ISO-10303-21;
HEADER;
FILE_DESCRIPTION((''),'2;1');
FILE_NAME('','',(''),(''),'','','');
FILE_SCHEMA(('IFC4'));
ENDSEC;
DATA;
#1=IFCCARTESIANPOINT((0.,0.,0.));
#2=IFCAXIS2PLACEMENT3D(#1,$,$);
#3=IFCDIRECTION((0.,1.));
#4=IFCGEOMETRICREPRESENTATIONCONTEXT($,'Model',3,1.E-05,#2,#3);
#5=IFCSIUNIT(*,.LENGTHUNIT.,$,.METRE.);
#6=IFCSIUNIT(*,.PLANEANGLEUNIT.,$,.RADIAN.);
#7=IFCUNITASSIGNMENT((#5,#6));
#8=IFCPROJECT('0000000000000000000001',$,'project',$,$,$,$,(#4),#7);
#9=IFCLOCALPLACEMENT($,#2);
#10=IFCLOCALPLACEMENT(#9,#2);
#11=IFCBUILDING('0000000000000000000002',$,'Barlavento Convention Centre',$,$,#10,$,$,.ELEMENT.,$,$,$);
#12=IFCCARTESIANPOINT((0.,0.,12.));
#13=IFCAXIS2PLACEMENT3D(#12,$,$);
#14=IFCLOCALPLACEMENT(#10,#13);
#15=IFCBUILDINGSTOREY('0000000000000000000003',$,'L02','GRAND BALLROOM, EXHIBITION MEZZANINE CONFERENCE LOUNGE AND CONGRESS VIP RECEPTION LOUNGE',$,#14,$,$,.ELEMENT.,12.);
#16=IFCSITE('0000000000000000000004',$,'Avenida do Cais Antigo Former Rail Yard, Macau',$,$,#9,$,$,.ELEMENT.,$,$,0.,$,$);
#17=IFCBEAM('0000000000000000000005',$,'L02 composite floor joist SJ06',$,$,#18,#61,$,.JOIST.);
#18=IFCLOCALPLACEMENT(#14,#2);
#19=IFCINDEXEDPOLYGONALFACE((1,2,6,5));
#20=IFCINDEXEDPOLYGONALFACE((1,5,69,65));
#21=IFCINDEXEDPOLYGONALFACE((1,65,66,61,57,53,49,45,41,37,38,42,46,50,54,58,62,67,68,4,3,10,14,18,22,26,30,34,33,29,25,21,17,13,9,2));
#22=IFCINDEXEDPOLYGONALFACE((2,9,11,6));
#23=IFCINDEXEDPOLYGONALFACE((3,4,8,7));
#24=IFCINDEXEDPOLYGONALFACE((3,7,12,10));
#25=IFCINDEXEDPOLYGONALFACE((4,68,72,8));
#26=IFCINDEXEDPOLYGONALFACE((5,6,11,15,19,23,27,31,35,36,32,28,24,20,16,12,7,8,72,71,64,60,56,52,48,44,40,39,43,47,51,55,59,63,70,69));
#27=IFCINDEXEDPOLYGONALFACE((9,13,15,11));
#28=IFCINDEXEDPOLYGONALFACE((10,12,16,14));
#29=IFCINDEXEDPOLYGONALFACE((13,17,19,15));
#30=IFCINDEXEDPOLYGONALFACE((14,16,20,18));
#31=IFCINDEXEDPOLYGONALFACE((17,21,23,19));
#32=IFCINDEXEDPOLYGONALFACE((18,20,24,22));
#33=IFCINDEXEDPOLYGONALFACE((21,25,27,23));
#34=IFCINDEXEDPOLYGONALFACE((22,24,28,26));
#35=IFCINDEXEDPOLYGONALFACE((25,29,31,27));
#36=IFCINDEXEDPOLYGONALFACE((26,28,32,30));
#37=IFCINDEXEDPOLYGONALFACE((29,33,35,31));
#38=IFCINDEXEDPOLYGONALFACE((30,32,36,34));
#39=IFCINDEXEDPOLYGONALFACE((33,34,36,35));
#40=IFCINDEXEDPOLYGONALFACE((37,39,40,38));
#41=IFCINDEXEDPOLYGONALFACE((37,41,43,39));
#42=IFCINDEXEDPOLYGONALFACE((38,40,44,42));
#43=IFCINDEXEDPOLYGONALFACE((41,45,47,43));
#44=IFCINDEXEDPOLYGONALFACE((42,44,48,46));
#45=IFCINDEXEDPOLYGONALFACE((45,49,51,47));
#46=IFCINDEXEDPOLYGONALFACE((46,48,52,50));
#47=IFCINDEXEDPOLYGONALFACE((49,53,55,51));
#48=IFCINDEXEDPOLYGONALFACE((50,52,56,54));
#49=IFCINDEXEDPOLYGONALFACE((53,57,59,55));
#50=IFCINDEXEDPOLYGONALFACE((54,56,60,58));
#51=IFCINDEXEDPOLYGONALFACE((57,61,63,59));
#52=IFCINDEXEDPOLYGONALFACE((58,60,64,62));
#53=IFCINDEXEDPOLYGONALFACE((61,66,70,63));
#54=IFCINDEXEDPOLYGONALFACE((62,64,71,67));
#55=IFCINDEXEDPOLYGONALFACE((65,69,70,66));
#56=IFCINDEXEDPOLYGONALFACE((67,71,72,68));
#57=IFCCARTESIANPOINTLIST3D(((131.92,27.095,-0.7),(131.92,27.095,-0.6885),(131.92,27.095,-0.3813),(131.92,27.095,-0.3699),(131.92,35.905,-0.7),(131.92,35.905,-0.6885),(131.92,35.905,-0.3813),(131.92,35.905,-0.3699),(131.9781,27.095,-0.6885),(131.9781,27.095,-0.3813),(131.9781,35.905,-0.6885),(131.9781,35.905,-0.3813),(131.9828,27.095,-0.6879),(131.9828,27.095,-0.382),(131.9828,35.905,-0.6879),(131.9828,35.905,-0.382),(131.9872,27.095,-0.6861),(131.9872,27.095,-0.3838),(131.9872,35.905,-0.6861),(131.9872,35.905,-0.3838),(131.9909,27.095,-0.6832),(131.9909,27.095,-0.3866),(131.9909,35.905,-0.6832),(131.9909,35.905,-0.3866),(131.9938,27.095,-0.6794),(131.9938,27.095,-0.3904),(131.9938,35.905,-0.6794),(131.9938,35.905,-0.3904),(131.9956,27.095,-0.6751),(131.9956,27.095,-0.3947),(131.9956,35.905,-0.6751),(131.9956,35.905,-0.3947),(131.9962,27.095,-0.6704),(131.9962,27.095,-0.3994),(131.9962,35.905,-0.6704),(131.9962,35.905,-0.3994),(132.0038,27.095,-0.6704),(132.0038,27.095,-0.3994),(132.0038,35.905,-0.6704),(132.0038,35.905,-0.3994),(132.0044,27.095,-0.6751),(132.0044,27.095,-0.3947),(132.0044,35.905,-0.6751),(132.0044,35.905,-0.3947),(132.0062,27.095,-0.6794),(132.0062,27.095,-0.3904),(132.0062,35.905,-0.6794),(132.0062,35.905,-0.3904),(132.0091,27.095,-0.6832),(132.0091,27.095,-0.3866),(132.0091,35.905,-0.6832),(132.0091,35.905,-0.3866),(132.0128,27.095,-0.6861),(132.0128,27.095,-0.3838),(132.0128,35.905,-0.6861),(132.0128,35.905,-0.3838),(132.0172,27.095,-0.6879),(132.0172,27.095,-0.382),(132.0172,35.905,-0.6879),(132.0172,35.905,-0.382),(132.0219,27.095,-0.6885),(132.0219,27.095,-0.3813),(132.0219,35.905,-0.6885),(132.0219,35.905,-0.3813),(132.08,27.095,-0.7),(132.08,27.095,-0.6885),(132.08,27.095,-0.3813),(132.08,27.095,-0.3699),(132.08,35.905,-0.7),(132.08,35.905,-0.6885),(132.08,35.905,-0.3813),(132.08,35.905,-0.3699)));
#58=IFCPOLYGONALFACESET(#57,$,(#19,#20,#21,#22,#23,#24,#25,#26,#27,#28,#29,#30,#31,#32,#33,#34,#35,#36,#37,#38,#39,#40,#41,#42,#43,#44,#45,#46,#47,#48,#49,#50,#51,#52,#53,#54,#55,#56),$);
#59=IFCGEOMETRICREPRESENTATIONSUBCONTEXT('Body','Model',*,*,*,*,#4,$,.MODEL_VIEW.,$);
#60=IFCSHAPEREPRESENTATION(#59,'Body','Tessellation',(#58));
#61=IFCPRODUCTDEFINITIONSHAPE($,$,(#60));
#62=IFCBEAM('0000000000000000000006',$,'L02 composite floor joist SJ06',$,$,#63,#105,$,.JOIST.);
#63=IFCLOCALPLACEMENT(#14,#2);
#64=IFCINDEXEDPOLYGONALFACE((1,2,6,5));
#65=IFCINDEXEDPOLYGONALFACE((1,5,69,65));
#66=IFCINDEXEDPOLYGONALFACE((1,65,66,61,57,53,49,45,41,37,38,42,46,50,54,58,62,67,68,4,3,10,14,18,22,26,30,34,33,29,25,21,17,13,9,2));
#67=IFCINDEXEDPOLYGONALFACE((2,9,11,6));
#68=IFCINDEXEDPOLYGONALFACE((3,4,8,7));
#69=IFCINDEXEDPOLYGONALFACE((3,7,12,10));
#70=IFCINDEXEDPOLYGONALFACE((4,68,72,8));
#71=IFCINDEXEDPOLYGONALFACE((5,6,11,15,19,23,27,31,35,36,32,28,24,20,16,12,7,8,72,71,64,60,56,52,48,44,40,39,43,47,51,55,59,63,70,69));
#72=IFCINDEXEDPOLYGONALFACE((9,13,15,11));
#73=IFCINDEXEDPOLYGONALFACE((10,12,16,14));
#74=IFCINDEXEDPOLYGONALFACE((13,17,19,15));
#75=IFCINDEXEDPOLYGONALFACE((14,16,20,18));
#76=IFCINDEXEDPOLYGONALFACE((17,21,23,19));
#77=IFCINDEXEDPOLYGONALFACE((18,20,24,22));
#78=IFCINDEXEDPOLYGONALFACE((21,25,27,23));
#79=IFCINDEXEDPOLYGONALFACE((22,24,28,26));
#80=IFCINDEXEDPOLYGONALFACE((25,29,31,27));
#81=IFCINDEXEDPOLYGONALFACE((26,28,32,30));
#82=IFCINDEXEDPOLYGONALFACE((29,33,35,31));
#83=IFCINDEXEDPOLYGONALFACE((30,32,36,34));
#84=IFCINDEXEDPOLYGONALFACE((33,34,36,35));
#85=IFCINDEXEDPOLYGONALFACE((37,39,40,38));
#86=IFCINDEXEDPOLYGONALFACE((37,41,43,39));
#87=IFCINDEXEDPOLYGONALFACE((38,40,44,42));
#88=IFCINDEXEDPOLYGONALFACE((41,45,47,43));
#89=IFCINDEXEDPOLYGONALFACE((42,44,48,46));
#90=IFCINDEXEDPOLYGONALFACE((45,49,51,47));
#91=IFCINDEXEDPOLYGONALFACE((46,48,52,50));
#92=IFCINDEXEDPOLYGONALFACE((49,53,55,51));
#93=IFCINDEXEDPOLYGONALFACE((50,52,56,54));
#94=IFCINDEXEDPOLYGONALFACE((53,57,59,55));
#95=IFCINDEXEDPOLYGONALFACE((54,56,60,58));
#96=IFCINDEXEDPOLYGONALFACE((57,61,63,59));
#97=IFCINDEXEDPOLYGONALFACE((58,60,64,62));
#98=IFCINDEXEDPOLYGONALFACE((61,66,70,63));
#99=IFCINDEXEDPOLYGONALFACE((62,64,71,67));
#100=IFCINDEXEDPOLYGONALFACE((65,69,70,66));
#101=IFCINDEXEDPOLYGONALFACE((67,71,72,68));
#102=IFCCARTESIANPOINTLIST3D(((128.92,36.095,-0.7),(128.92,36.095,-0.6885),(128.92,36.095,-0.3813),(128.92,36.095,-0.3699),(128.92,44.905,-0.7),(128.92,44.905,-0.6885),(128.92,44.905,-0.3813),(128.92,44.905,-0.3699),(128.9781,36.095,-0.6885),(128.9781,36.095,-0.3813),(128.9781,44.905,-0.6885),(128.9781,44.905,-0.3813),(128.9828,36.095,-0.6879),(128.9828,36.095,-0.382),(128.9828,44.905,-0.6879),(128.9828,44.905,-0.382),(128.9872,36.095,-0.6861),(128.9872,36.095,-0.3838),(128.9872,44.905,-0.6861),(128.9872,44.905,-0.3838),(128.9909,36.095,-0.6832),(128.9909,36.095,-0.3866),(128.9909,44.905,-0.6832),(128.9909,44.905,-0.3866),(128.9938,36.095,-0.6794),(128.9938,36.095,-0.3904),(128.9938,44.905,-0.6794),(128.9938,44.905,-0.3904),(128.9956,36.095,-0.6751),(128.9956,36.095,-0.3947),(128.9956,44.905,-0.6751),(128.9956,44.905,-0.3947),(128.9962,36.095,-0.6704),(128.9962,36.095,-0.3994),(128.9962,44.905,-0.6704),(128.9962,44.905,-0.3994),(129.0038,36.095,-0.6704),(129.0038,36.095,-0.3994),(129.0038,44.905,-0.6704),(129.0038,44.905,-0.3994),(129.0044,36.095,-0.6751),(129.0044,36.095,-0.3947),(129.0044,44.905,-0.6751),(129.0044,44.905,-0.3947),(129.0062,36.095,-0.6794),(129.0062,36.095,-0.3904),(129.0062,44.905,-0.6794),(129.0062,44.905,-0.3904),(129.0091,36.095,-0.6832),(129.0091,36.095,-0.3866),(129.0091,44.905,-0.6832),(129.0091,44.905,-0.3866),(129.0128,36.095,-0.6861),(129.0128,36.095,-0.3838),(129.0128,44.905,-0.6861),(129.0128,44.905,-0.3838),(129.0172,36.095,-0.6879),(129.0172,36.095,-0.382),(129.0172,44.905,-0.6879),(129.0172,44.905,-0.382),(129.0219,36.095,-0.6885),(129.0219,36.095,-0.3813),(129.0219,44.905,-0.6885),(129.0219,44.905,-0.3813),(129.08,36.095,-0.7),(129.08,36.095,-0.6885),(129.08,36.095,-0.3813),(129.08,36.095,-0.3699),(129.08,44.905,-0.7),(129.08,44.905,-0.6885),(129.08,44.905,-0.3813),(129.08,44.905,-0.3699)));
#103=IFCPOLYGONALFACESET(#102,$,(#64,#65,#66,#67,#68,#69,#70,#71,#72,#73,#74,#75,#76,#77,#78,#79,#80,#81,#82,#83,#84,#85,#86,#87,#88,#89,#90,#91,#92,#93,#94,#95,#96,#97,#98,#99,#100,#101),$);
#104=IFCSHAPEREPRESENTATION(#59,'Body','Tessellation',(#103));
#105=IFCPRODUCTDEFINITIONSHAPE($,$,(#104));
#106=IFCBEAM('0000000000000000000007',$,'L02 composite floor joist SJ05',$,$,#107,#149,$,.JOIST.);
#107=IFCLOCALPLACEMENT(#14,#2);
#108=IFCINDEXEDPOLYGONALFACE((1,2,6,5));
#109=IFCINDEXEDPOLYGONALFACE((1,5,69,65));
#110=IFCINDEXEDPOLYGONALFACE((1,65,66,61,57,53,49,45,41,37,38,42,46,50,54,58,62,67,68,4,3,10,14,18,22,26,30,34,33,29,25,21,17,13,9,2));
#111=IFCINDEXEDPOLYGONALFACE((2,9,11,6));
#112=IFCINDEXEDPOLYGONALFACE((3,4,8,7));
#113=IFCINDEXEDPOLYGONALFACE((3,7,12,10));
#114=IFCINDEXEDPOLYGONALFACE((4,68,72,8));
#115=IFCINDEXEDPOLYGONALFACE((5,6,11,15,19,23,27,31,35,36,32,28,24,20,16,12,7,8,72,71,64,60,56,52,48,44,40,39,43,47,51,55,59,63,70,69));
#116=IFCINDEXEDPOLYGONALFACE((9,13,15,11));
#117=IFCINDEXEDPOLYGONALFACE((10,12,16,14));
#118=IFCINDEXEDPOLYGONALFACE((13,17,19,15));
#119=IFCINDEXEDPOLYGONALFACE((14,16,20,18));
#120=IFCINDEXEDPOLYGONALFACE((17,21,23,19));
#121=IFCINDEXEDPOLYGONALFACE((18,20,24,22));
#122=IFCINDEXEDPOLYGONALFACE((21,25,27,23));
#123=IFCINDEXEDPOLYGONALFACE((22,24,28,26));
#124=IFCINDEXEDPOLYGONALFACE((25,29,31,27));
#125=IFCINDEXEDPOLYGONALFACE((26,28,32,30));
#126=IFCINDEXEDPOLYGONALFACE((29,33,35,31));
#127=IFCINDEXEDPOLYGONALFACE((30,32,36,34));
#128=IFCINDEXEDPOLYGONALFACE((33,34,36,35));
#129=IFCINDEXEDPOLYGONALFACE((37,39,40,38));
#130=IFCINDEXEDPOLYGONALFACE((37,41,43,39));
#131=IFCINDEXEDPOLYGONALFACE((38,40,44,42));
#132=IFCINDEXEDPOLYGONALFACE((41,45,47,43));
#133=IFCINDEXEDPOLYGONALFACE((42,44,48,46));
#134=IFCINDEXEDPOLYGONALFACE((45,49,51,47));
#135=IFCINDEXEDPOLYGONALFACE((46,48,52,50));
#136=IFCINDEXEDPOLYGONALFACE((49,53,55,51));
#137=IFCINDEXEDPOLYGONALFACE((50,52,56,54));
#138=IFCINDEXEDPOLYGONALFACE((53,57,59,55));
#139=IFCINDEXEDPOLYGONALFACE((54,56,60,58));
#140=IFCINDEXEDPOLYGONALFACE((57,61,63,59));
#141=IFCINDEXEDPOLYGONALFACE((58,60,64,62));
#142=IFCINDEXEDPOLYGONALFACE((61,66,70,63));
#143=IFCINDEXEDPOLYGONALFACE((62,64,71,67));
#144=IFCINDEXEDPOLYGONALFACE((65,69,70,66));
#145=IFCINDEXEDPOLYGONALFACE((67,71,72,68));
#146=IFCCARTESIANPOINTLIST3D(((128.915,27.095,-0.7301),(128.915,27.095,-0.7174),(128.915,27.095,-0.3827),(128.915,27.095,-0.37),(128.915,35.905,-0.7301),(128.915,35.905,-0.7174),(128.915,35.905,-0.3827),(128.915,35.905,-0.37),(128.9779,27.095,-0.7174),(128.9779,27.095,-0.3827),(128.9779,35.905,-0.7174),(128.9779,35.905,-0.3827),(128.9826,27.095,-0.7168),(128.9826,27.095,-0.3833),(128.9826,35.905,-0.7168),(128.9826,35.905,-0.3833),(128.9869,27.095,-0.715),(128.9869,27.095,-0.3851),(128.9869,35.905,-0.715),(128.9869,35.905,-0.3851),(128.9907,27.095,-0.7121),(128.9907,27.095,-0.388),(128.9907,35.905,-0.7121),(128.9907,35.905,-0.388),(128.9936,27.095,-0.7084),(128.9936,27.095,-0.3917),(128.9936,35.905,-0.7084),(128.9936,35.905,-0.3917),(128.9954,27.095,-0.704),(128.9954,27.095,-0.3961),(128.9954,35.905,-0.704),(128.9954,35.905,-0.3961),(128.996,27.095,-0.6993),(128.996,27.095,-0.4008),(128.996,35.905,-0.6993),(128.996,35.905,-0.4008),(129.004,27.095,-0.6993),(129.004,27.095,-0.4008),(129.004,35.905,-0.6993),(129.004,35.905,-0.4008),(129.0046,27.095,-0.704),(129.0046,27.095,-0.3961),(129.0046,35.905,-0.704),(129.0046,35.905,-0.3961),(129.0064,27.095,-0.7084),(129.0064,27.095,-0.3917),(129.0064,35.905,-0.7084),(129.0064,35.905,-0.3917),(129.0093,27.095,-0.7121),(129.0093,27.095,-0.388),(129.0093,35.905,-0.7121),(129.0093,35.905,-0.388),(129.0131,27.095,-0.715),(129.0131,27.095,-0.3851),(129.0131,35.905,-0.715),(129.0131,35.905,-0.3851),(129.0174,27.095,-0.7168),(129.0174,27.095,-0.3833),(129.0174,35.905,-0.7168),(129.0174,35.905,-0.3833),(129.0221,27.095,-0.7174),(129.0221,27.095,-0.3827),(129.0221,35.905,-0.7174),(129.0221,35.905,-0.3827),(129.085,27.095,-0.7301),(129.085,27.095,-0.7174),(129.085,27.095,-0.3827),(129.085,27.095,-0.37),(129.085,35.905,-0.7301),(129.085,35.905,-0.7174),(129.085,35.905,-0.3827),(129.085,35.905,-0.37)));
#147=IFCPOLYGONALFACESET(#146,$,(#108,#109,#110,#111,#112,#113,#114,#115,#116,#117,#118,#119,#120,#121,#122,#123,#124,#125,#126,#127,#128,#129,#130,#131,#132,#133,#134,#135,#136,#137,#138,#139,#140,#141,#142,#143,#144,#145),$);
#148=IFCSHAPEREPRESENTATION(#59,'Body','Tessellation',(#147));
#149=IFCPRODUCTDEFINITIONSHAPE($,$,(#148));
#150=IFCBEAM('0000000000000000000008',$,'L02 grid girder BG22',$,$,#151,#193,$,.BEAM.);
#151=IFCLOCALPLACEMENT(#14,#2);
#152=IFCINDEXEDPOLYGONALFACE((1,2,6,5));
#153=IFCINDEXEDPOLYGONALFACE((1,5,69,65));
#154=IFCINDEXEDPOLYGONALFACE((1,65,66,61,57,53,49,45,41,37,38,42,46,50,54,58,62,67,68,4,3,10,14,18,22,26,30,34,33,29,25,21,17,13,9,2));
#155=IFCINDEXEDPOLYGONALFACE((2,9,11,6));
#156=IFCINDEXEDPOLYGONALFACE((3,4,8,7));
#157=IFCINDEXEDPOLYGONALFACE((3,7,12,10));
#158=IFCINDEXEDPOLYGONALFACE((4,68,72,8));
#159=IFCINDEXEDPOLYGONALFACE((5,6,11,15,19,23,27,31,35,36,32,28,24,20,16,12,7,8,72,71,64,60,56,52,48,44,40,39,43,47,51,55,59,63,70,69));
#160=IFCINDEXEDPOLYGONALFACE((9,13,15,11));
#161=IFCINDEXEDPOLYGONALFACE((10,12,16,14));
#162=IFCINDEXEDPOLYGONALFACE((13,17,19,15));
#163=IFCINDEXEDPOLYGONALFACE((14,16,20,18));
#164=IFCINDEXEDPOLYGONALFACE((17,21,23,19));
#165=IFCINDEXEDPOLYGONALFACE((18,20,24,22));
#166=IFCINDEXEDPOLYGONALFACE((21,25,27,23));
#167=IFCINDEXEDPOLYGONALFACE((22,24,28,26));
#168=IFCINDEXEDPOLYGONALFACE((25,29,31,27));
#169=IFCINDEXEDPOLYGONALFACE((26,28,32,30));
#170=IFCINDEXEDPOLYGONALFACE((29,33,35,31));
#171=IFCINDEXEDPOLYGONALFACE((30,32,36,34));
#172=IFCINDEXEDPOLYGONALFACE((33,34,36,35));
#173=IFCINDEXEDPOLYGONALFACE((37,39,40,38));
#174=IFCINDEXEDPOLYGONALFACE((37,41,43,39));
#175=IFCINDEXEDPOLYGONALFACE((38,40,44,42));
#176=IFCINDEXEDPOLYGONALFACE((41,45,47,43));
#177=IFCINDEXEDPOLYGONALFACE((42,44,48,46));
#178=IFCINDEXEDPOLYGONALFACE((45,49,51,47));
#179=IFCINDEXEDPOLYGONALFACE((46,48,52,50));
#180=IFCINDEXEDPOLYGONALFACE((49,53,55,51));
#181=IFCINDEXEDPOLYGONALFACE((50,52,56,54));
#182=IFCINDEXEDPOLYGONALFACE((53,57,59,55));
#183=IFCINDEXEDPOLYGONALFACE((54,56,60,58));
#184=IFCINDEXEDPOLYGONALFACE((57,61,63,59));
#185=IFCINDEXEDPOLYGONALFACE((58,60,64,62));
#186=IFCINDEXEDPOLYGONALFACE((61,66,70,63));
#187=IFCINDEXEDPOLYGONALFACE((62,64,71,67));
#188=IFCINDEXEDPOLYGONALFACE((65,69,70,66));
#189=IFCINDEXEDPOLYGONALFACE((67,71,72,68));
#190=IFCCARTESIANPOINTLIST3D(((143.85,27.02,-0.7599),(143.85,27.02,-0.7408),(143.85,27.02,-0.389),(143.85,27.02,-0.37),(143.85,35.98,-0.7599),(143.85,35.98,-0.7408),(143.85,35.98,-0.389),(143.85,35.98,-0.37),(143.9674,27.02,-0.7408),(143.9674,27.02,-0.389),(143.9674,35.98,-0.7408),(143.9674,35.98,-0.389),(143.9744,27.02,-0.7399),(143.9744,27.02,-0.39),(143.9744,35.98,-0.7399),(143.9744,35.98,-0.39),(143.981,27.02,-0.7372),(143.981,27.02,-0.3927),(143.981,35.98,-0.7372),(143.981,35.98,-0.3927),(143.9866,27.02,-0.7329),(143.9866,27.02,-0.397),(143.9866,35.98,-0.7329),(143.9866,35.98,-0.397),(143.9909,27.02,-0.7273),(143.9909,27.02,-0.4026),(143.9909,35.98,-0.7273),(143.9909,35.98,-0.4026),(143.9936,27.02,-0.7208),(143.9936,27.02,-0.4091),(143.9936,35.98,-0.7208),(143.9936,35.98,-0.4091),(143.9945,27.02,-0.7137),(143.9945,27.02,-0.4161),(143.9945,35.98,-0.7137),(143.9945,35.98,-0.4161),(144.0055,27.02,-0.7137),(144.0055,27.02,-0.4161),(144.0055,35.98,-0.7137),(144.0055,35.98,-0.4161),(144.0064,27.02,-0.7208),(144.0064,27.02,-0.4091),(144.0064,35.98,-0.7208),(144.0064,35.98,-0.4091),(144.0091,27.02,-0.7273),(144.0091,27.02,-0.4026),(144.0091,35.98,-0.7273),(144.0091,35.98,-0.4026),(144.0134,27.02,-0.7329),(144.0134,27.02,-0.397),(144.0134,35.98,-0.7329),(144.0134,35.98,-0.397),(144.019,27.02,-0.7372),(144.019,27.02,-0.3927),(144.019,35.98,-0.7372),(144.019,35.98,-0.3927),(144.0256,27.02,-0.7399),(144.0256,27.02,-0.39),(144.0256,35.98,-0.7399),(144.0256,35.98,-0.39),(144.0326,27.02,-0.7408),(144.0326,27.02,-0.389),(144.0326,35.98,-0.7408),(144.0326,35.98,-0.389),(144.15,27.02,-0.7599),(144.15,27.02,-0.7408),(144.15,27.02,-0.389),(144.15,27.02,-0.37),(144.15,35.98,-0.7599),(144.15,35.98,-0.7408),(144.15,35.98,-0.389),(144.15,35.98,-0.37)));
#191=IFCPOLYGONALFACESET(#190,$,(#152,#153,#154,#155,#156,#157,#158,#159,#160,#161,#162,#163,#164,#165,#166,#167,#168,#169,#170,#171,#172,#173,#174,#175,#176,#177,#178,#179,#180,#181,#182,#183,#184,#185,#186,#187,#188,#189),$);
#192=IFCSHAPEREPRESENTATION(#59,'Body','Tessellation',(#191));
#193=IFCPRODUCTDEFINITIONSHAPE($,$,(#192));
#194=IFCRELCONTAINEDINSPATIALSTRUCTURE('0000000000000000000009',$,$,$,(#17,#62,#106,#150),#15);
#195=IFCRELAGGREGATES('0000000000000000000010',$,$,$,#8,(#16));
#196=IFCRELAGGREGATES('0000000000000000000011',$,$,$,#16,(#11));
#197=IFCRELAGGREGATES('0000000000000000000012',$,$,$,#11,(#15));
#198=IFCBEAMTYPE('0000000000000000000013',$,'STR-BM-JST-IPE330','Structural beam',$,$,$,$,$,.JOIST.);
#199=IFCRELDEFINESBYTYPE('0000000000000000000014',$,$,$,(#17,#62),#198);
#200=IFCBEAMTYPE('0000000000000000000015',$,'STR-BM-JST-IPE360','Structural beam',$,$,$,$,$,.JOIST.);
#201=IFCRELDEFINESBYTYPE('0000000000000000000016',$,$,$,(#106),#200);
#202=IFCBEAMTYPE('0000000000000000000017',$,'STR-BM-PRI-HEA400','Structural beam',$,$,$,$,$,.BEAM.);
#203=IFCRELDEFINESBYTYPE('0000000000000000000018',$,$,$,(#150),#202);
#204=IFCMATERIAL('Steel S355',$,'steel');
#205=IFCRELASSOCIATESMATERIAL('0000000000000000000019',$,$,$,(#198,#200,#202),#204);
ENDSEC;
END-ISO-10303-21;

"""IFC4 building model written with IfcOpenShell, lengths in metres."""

from ifc_helpers import new_model, si_unit, direction, frame, origin, origin_2d, place, context, subcontext, project, spatial, i_section, extrude, material, material_profile, profile_set, type_object, element, save


model = new_model("IFC4")

# Units and contexts
model_context = context("Model", 3, precision=1e-05, world=origin(), true_north=direction((0.0, 1.0)))
body_context = subcontext(model_context, "Body", "Model", "MODEL_VIEW")
ifc_project = project(units=[si_unit("LENGTHUNIT", "METRE"), si_unit("PLANEANGLEUNIT", "RADIAN")], contexts=[model_context])

# Site, building, storey
site_placement = place(None, origin())
site = spatial("IfcSite", under=ifc_project, at=site_placement, Name="Avenida do Cais Antigo Former Rail Yard, Macau", CompositionType="ELEMENT", RefElevation=0.0)
building_placement = place(site_placement, origin())
building = spatial("IfcBuilding", under=site, at=building_placement, Name="Barlavento Convention Centre", CompositionType="ELEMENT")
storey_placement = place(building_placement, frame((0.0, 0.0, 12.0)))
storey = spatial("IfcBuildingStorey", under=building, at=storey_placement, Name="L02", Description="GRAND BALLROOM, EXHIBITION MEZZANINE CONFERENCE LOUNGE AND CONGRESS VIP RECEPTION LOUNGE", CompositionType="ELEMENT", Elevation=12.0)

# Shared definitions
ifc_material_1 = material(Name="Steel S355", Category="steel")

# Beams
ifc_material_profile_1 = material_profile(ifc_material_1, i_section(OverallWidth=0.1599, OverallDepth=0.3301, WebThickness=0.0076, FlangeThickness=0.0115, FilletRadius=0.0181, at=origin_2d()), Name="IPE 330")
ifc_profile_set_1 = profile_set([ifc_material_profile_1], Name="Steel S355")
beam_type_1 = type_object("IfcBeamType", Name="STR-BM-JST-IPE330", Description="Structural beam", PredefinedType="JOIST", material=ifc_profile_set_1)
for number, where, z_axis, x_axis, name in (
    (1, (132.0, 27.095, -0.5349), (0.0, 1.0, 0.0), (-1.0, 0.0, 0.0), "L02 composite floor joist SJ06"),
    (2, (129.0, 36.095, -0.5349), (0.0, 1.0, 0.0), (-1.0, 0.0, 0.0), "L02 composite floor joist SJ06"),
):
    element("IfcBeam", number, at=place(storey_placement, frame(where, z_axis=z_axis, x_axis=x_axis)), inside=storey, type_object=beam_type_1, Name=name, PredefinedType="JOIST", context=body_context, shape_type="SweptSolid", body=[
        extrude(i_section(OverallWidth=0.1599, OverallDepth=0.3301, WebThickness=0.0076, FlangeThickness=0.0115, FilletRadius=0.0181, at=origin_2d()), origin(), (0.0, 0.0, 1.0), 8.8101),
    ])
ifc_material_profile_2 = material_profile(ifc_material_1, i_section(OverallWidth=0.1699, OverallDepth=0.3601, WebThickness=0.0081, FlangeThickness=0.0127, FilletRadius=0.0181, at=origin_2d()), Name="IPE 360")
ifc_profile_set_2 = profile_set([ifc_material_profile_2], Name="Steel S355")
beam_type_2 = type_object("IfcBeamType", Name="STR-BM-JST-IPE360", Description="Structural beam", PredefinedType="JOIST", material=ifc_profile_set_2)
beam_1_placement = place(storey_placement, frame((129.0, 27.095, -0.55), z_axis=(0.0, 1.0, 0.0), x_axis=(-1.0, 0.0, 0.0)))
element("IfcBeam", 3, at=beam_1_placement, inside=storey, type_object=beam_type_2, Name="L02 composite floor joist SJ05", PredefinedType="JOIST", context=body_context, shape_type="SweptSolid", body=[
    extrude(i_section(OverallWidth=0.1699, OverallDepth=0.3601, WebThickness=0.0081, FlangeThickness=0.0127, FilletRadius=0.0181, at=origin_2d()), origin(), (0.0, 0.0, 1.0), 8.8101),
])
ifc_material_profile_3 = material_profile(ifc_material_1, i_section(OverallWidth=0.3, OverallDepth=0.3899, WebThickness=0.011, FlangeThickness=0.019, FilletRadius=0.0271, at=origin_2d()), Name="HEA 400")
ifc_profile_set_3 = profile_set([ifc_material_profile_3], Name="Steel S355")
beam_type_3 = type_object("IfcBeamType", Name="STR-BM-PRI-HEA400", Description="Structural beam", PredefinedType="BEAM", material=ifc_profile_set_3)
beam_2_placement = place(storey_placement, frame((144.0, 27.02, -0.5649), z_axis=(0.0, 1.0, 0.0), x_axis=(-1.0, 0.0, 0.0)))
element("IfcBeam", 4, at=beam_2_placement, inside=storey, type_object=beam_type_3, Name="L02 grid girder BG22", PredefinedType="BEAM", context=body_context, shape_type="SweptSolid", body=[
    extrude(i_section(OverallWidth=0.3, OverallDepth=0.3899, WebThickness=0.011, FlangeThickness=0.019, FilletRadius=0.0271, at=origin_2d()), origin(), (0.0, 0.0, 1.0), 8.96),
])

save(model, "model.ifc")
